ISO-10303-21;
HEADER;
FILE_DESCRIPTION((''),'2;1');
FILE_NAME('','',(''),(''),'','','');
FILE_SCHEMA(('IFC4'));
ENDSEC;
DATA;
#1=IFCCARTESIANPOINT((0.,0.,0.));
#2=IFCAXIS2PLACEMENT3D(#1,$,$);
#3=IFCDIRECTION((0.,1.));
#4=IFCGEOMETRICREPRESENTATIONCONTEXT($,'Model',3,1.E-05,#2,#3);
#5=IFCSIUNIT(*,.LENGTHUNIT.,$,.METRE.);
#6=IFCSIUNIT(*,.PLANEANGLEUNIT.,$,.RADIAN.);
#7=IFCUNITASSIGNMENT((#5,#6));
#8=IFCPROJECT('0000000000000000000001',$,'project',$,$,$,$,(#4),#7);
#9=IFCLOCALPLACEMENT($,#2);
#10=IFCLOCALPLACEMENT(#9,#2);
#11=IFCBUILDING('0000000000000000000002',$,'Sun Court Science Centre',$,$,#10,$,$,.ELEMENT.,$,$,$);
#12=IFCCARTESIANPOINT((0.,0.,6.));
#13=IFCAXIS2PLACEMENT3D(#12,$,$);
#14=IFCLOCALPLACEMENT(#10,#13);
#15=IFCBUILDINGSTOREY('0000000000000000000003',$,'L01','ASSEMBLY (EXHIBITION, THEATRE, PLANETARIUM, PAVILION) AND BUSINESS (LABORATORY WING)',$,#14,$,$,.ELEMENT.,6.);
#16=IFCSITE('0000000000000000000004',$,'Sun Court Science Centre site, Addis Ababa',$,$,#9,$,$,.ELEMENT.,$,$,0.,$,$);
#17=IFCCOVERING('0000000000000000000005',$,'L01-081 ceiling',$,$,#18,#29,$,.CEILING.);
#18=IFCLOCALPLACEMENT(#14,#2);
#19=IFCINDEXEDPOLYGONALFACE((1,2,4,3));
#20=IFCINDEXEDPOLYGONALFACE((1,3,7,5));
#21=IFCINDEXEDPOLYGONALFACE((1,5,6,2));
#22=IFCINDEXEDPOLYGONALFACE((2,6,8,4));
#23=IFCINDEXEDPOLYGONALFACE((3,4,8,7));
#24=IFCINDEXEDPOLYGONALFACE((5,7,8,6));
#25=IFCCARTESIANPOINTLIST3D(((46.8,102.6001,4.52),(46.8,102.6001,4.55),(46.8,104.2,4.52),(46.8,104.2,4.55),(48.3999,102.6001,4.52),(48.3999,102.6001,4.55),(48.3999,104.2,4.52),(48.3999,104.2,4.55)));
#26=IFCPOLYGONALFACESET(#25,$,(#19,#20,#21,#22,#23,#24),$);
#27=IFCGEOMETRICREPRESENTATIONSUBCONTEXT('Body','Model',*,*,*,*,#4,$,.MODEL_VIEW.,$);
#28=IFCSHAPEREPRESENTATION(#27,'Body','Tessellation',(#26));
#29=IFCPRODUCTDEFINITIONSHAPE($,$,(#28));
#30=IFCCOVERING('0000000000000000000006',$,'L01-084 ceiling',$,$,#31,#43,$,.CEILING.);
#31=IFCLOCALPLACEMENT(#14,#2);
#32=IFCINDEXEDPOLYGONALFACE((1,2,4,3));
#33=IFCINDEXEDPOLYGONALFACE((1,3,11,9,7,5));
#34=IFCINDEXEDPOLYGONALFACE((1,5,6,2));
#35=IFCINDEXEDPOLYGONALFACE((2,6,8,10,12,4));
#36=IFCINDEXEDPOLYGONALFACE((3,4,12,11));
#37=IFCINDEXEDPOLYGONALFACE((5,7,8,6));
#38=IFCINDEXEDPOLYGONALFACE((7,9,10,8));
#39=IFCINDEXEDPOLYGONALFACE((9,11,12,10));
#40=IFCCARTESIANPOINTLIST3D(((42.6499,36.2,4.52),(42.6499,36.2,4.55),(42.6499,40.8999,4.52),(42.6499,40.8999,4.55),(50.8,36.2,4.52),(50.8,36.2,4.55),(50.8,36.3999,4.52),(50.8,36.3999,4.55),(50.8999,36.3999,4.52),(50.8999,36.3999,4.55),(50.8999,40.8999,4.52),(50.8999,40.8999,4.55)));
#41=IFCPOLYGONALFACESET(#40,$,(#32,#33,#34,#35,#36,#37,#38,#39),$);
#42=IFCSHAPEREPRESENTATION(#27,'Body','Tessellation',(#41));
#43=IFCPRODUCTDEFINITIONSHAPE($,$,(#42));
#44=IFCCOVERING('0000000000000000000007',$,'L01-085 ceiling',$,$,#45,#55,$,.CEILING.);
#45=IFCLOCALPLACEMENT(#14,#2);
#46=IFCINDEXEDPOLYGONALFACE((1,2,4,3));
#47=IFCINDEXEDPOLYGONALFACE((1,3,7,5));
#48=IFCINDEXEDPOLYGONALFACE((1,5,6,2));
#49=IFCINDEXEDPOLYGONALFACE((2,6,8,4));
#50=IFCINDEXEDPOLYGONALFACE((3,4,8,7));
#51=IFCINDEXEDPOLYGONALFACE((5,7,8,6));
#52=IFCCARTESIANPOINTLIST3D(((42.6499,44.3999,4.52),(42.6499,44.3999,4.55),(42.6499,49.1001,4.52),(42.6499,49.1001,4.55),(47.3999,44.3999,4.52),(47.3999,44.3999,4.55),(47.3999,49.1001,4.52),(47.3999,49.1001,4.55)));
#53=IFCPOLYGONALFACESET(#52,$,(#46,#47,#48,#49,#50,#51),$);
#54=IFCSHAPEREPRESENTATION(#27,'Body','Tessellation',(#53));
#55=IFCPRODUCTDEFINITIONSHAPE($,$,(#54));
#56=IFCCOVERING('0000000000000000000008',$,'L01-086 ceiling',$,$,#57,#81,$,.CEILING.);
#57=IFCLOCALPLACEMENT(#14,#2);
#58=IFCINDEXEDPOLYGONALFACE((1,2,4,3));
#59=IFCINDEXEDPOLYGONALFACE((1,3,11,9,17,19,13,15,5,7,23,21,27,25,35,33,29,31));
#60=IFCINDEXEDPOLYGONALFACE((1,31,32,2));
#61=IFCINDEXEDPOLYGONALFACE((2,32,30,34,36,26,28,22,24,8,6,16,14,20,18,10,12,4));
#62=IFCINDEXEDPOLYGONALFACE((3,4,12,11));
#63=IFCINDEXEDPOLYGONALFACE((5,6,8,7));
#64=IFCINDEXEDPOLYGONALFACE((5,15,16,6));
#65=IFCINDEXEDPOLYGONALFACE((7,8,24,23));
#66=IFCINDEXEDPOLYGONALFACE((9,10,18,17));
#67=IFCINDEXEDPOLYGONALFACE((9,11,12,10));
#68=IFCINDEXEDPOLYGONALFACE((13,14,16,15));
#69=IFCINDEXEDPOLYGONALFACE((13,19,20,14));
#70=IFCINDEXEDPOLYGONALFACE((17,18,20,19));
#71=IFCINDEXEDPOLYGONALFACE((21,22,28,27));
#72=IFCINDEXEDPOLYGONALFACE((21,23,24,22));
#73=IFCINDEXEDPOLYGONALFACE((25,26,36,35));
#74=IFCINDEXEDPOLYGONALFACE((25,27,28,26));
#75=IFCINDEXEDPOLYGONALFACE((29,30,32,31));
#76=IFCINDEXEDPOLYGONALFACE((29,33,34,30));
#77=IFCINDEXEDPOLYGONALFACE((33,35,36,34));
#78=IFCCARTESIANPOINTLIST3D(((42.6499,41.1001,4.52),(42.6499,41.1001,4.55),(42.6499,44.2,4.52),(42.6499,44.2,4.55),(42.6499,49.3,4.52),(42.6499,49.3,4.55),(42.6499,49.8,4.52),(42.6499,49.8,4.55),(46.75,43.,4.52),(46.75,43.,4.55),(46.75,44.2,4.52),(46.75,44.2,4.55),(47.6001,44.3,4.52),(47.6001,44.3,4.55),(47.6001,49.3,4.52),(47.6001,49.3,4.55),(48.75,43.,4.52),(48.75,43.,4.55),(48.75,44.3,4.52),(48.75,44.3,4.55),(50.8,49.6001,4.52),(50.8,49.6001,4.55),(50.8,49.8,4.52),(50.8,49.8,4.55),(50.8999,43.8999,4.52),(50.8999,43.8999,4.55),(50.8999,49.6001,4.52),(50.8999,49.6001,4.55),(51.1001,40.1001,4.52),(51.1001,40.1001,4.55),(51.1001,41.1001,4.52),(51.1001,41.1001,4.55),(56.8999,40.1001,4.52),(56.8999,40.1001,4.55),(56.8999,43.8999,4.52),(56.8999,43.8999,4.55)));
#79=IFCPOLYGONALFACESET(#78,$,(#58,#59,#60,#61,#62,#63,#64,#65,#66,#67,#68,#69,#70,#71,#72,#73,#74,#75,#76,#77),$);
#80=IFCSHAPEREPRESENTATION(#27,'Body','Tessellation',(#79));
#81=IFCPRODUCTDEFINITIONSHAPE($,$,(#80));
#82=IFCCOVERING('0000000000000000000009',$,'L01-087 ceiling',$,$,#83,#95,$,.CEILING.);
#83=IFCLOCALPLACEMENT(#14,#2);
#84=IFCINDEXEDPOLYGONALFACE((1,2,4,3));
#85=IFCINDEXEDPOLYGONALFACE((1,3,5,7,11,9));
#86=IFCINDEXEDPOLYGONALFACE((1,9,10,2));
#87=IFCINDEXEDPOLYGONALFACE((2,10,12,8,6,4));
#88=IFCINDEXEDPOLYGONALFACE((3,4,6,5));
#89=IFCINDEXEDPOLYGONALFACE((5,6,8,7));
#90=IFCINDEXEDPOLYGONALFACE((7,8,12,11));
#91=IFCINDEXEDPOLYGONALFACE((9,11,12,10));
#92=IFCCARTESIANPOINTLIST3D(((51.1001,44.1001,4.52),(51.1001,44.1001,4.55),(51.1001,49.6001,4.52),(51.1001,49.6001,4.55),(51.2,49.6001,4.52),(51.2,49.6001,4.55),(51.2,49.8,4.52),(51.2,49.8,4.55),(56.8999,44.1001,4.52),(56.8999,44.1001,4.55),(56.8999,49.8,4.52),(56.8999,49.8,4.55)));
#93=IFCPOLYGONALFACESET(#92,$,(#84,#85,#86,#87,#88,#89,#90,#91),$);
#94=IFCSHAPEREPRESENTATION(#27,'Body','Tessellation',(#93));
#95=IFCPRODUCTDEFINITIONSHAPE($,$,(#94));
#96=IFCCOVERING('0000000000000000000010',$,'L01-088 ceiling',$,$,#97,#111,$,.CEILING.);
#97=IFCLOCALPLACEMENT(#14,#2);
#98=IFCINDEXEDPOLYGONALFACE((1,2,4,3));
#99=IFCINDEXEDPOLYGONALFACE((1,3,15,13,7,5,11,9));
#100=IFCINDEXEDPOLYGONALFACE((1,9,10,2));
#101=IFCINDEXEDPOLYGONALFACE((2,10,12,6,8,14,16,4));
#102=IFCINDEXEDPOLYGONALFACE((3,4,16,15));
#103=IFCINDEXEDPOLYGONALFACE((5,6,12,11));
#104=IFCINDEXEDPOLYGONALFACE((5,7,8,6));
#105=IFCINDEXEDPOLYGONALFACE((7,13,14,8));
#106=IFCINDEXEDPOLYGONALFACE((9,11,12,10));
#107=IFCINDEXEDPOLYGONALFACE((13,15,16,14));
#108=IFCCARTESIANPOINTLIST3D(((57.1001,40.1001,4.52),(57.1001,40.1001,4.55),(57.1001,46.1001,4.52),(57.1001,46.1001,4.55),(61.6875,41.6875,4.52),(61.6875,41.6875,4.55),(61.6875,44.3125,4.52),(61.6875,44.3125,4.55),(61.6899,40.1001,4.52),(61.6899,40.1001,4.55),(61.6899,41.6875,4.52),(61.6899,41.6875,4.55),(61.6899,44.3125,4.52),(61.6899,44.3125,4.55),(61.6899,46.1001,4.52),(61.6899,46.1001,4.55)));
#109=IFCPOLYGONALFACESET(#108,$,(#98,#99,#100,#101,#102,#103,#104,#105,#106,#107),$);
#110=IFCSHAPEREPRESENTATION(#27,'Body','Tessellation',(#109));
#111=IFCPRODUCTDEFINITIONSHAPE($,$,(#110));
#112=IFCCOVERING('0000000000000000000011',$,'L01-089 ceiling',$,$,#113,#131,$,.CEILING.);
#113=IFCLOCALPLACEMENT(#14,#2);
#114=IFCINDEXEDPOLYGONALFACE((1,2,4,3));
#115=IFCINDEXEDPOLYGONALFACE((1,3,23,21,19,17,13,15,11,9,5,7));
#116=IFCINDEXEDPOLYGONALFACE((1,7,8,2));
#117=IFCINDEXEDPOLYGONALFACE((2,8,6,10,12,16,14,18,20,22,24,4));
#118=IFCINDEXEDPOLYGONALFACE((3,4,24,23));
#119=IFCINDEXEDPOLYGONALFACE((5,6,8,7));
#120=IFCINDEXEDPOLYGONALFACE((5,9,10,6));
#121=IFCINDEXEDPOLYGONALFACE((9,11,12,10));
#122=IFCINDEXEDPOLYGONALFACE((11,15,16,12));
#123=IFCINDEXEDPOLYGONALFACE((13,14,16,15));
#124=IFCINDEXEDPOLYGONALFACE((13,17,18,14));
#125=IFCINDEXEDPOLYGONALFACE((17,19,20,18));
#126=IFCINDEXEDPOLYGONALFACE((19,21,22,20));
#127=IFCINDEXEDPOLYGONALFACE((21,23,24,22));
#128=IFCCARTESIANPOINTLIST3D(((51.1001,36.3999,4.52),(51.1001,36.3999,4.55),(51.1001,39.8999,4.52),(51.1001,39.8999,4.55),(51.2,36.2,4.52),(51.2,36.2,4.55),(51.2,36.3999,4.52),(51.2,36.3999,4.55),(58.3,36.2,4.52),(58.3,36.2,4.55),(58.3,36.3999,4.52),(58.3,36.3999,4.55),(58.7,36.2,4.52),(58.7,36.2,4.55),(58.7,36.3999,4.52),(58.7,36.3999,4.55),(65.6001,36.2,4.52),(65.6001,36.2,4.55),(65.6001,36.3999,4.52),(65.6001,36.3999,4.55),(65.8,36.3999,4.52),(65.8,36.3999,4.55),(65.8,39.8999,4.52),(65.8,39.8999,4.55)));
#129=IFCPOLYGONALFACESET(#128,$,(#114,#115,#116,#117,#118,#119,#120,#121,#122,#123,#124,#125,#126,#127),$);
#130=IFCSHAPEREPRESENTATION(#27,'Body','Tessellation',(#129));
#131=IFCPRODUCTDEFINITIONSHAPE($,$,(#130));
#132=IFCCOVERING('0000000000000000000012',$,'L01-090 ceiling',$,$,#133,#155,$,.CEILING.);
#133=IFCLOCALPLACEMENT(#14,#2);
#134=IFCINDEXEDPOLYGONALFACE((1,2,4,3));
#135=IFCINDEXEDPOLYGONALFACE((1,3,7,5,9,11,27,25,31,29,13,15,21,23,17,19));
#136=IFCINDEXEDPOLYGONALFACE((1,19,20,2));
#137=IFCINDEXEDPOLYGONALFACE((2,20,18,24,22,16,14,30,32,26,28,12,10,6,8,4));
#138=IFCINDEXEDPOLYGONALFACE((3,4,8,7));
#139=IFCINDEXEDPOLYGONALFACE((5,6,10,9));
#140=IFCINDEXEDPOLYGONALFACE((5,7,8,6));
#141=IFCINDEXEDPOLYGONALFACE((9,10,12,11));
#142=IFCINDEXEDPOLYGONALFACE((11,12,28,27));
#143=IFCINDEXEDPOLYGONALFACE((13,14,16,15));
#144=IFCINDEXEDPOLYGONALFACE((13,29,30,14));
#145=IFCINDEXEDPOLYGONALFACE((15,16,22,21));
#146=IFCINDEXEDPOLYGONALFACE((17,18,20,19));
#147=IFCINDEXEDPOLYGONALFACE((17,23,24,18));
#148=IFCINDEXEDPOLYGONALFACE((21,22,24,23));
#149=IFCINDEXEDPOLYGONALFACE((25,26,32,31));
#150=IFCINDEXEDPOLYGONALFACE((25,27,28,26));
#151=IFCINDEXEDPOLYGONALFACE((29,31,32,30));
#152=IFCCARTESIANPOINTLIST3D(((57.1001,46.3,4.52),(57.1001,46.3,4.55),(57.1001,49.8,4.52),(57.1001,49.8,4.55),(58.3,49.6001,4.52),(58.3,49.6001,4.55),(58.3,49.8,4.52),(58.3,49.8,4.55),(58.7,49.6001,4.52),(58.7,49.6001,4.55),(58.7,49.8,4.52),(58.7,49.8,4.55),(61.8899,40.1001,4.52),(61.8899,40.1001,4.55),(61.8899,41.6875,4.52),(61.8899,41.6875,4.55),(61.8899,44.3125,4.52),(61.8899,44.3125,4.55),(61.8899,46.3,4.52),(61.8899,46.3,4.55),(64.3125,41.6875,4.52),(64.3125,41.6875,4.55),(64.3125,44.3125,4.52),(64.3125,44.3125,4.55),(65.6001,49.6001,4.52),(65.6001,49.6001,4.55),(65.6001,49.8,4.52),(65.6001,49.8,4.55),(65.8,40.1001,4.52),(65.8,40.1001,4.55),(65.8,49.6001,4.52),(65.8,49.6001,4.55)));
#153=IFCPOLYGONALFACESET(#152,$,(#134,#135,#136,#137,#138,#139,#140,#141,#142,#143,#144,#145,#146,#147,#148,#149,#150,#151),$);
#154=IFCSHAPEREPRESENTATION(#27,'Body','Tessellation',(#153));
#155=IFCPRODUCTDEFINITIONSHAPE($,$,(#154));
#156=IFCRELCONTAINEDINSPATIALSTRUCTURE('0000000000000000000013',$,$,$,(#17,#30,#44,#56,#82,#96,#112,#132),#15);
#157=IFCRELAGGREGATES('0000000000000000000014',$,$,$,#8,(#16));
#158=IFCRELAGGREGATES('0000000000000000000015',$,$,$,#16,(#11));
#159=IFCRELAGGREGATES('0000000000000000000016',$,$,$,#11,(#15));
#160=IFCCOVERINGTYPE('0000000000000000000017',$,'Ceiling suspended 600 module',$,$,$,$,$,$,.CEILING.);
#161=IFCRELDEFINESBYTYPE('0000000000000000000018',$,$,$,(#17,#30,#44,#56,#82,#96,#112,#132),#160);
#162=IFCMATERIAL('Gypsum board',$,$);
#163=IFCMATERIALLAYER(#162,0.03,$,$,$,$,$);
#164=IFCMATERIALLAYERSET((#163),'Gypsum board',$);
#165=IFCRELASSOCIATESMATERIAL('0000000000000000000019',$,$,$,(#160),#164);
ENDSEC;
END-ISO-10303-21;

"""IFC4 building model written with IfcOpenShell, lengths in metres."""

from ifc_helpers import new_model, si_unit, direction, frame, origin, place, context, subcontext, project, spatial, polyline, outline, extrude, material, layer, layer_set, type_object, element, save


model = new_model("IFC4")

# Units and contexts
model_context = context("Model", 3, precision=1e-05, world=origin(), true_north=direction((0.0, 1.0)))
body_context = subcontext(model_context, "Body", "Model", "MODEL_VIEW")
ifc_project = project(units=[si_unit("LENGTHUNIT", "METRE"), si_unit("PLANEANGLEUNIT", "RADIAN")], contexts=[model_context])

# Site, building, storey
site_placement = place(None, origin())
site = spatial("IfcSite", under=ifc_project, at=site_placement, Name="Sun Court Science Centre site, Addis Ababa", CompositionType="ELEMENT", RefElevation=0.0)
building_placement = place(site_placement, origin())
building = spatial("IfcBuilding", under=site, at=building_placement, Name="Sun Court Science Centre", CompositionType="ELEMENT")
storey_placement = place(building_placement, frame((0.0, 0.0, 6.0)))
storey = spatial("IfcBuildingStorey", under=building, at=storey_placement, Name="L01", Description="ASSEMBLY (EXHIBITION, THEATRE, PLANETARIUM, PAVILION) AND BUSINESS (LABORATORY WING)", CompositionType="ELEMENT", Elevation=6.0)

# Coverings
ifc_material_1 = material(Name="Gypsum board")
ifc_layer_1 = layer(ifc_material_1, 0.03)
ifc_layer_set_1 = layer_set([ifc_layer_1], Name="Gypsum board")
covering_type_1 = type_object("IfcCoveringType", Name="Ceiling suspended 600 module", PredefinedType="CEILING", material=ifc_layer_set_1)
covering_1_placement = place(storey_placement, frame((0.0, 0.0, 4.52)))
element("IfcCovering", 1, at=covering_1_placement, inside=storey, type_object=covering_type_1, Name="L01-081 ceiling", PredefinedType="CEILING", context=body_context, shape_type="SweptSolid", body=[
    extrude(outline(polyline([(48.3999, 104.2), (48.3999, 102.6001), (46.8, 102.6001), (46.8, 104.2), (48.3999, 104.2)])), origin(), (0.0, 0.0, 1.0), 0.03),
])
covering_2_placement = place(storey_placement, frame((0.0, 0.0, 4.52)))
element("IfcCovering", 2, at=covering_2_placement, inside=storey, type_object=covering_type_1, Name="L01-084 ceiling", PredefinedType="CEILING", context=body_context, shape_type="SweptSolid", body=[
    extrude(outline(polyline([(42.6499, 36.2), (42.6499, 40.8999), (50.8999, 40.8999), (50.8999, 36.3999), (50.8, 36.3999), (50.8, 36.2), (42.6499, 36.2)])), origin(), (0.0, 0.0, 1.0), 0.03),
])
covering_3_placement = place(storey_placement, frame((0.0, 0.0, 4.52)))
element("IfcCovering", 3, at=covering_3_placement, inside=storey, type_object=covering_type_1, Name="L01-085 ceiling", PredefinedType="CEILING", context=body_context, shape_type="SweptSolid", body=[
    extrude(outline(polyline([(42.6499, 49.1001), (47.3999, 49.1001), (47.3999, 44.3999), (42.6499, 44.3999), (42.6499, 49.1001)])), origin(), (0.0, 0.0, 1.0), 0.03),
])
covering_4_placement = place(storey_placement, frame((0.0, 0.0, 4.52)))
element("IfcCovering", 4, at=covering_4_placement, inside=storey, type_object=covering_type_1, Name="L01-086 ceiling", PredefinedType="CEILING", context=body_context, shape_type="SweptSolid", body=[
    extrude(outline(polyline([(46.75, 43.0), (48.75, 43.0), (48.75, 44.3), (47.6001, 44.3), (47.6001, 49.3), (42.6499, 49.3), (42.6499, 49.8), (50.8, 49.8), (50.8, 49.6001), (50.8999, 49.6001), (50.8999, 43.8999), (56.8999, 43.8999), (56.8999, 40.1001), (51.1001, 40.1001), (51.1001, 41.1001), (42.6499, 41.1001), (42.6499, 44.2), (46.75, 44.2), (46.75, 43.0)])), origin(), (0.0, 0.0, 1.0), 0.03),
])
covering_5_placement = place(storey_placement, frame((0.0, 0.0, 4.52)))
element("IfcCovering", 5, at=covering_5_placement, inside=storey, type_object=covering_type_1, Name="L01-087 ceiling", PredefinedType="CEILING", context=body_context, shape_type="SweptSolid", body=[
    extrude(outline(polyline([(56.8999, 49.8), (56.8999, 44.1001), (51.1001, 44.1001), (51.1001, 49.6001), (51.2, 49.6001), (51.2, 49.8), (56.8999, 49.8)])), origin(), (0.0, 0.0, 1.0), 0.03),
])
covering_6_placement = place(storey_placement, frame((0.0, 0.0, 4.52)))
element("IfcCovering", 6, at=covering_6_placement, inside=storey, type_object=covering_type_1, Name="L01-088 ceiling", PredefinedType="CEILING", context=body_context, shape_type="SweptSolid", body=[
    extrude(outline(polyline([(57.1001, 40.1001), (57.1001, 46.1001), (61.6899, 46.1001), (61.6899, 44.3125), (61.6875, 44.3125), (61.6875, 41.6875), (61.6899, 41.6875), (61.6899, 40.1001), (57.1001, 40.1001)])), origin(), (0.0, 0.0, 1.0), 0.03),
])
covering_7_placement = place(storey_placement, frame((0.0, 0.0, 4.52)))
element("IfcCovering", 7, at=covering_7_placement, inside=storey, type_object=covering_type_1, Name="L01-089 ceiling", PredefinedType="CEILING", context=body_context, shape_type="SweptSolid", body=[
    extrude(outline(polyline([(65.6001, 36.2), (58.7, 36.2), (58.7, 36.3999), (58.3, 36.3999), (58.3, 36.2), (51.2, 36.2), (51.2, 36.3999), (51.1001, 36.3999), (51.1001, 39.8999), (65.8, 39.8999), (65.8, 36.3999), (65.6001, 36.3999), (65.6001, 36.2)])), origin(), (0.0, 0.0, 1.0), 0.03),
])
covering_8_placement = place(storey_placement, frame((0.0, 0.0, 4.52)))
element("IfcCovering", 8, at=covering_8_placement, inside=storey, type_object=covering_type_1, Name="L01-090 ceiling", PredefinedType="CEILING", context=body_context, shape_type="SweptSolid", body=[
    extrude(outline(polyline([(65.8, 49.6001), (65.8, 40.1001), (61.8899, 40.1001), (61.8899, 41.6875), (64.3125, 41.6875), (64.3125, 44.3125), (61.8899, 44.3125), (61.8899, 46.3), (57.1001, 46.3), (57.1001, 49.8), (58.3, 49.8), (58.3, 49.6001), (58.7, 49.6001), (58.7, 49.8), (65.6001, 49.8), (65.6001, 49.6001), (65.8, 49.6001)])), origin(), (0.0, 0.0, 1.0), 0.03),
])

save(model, "model.ifc")
